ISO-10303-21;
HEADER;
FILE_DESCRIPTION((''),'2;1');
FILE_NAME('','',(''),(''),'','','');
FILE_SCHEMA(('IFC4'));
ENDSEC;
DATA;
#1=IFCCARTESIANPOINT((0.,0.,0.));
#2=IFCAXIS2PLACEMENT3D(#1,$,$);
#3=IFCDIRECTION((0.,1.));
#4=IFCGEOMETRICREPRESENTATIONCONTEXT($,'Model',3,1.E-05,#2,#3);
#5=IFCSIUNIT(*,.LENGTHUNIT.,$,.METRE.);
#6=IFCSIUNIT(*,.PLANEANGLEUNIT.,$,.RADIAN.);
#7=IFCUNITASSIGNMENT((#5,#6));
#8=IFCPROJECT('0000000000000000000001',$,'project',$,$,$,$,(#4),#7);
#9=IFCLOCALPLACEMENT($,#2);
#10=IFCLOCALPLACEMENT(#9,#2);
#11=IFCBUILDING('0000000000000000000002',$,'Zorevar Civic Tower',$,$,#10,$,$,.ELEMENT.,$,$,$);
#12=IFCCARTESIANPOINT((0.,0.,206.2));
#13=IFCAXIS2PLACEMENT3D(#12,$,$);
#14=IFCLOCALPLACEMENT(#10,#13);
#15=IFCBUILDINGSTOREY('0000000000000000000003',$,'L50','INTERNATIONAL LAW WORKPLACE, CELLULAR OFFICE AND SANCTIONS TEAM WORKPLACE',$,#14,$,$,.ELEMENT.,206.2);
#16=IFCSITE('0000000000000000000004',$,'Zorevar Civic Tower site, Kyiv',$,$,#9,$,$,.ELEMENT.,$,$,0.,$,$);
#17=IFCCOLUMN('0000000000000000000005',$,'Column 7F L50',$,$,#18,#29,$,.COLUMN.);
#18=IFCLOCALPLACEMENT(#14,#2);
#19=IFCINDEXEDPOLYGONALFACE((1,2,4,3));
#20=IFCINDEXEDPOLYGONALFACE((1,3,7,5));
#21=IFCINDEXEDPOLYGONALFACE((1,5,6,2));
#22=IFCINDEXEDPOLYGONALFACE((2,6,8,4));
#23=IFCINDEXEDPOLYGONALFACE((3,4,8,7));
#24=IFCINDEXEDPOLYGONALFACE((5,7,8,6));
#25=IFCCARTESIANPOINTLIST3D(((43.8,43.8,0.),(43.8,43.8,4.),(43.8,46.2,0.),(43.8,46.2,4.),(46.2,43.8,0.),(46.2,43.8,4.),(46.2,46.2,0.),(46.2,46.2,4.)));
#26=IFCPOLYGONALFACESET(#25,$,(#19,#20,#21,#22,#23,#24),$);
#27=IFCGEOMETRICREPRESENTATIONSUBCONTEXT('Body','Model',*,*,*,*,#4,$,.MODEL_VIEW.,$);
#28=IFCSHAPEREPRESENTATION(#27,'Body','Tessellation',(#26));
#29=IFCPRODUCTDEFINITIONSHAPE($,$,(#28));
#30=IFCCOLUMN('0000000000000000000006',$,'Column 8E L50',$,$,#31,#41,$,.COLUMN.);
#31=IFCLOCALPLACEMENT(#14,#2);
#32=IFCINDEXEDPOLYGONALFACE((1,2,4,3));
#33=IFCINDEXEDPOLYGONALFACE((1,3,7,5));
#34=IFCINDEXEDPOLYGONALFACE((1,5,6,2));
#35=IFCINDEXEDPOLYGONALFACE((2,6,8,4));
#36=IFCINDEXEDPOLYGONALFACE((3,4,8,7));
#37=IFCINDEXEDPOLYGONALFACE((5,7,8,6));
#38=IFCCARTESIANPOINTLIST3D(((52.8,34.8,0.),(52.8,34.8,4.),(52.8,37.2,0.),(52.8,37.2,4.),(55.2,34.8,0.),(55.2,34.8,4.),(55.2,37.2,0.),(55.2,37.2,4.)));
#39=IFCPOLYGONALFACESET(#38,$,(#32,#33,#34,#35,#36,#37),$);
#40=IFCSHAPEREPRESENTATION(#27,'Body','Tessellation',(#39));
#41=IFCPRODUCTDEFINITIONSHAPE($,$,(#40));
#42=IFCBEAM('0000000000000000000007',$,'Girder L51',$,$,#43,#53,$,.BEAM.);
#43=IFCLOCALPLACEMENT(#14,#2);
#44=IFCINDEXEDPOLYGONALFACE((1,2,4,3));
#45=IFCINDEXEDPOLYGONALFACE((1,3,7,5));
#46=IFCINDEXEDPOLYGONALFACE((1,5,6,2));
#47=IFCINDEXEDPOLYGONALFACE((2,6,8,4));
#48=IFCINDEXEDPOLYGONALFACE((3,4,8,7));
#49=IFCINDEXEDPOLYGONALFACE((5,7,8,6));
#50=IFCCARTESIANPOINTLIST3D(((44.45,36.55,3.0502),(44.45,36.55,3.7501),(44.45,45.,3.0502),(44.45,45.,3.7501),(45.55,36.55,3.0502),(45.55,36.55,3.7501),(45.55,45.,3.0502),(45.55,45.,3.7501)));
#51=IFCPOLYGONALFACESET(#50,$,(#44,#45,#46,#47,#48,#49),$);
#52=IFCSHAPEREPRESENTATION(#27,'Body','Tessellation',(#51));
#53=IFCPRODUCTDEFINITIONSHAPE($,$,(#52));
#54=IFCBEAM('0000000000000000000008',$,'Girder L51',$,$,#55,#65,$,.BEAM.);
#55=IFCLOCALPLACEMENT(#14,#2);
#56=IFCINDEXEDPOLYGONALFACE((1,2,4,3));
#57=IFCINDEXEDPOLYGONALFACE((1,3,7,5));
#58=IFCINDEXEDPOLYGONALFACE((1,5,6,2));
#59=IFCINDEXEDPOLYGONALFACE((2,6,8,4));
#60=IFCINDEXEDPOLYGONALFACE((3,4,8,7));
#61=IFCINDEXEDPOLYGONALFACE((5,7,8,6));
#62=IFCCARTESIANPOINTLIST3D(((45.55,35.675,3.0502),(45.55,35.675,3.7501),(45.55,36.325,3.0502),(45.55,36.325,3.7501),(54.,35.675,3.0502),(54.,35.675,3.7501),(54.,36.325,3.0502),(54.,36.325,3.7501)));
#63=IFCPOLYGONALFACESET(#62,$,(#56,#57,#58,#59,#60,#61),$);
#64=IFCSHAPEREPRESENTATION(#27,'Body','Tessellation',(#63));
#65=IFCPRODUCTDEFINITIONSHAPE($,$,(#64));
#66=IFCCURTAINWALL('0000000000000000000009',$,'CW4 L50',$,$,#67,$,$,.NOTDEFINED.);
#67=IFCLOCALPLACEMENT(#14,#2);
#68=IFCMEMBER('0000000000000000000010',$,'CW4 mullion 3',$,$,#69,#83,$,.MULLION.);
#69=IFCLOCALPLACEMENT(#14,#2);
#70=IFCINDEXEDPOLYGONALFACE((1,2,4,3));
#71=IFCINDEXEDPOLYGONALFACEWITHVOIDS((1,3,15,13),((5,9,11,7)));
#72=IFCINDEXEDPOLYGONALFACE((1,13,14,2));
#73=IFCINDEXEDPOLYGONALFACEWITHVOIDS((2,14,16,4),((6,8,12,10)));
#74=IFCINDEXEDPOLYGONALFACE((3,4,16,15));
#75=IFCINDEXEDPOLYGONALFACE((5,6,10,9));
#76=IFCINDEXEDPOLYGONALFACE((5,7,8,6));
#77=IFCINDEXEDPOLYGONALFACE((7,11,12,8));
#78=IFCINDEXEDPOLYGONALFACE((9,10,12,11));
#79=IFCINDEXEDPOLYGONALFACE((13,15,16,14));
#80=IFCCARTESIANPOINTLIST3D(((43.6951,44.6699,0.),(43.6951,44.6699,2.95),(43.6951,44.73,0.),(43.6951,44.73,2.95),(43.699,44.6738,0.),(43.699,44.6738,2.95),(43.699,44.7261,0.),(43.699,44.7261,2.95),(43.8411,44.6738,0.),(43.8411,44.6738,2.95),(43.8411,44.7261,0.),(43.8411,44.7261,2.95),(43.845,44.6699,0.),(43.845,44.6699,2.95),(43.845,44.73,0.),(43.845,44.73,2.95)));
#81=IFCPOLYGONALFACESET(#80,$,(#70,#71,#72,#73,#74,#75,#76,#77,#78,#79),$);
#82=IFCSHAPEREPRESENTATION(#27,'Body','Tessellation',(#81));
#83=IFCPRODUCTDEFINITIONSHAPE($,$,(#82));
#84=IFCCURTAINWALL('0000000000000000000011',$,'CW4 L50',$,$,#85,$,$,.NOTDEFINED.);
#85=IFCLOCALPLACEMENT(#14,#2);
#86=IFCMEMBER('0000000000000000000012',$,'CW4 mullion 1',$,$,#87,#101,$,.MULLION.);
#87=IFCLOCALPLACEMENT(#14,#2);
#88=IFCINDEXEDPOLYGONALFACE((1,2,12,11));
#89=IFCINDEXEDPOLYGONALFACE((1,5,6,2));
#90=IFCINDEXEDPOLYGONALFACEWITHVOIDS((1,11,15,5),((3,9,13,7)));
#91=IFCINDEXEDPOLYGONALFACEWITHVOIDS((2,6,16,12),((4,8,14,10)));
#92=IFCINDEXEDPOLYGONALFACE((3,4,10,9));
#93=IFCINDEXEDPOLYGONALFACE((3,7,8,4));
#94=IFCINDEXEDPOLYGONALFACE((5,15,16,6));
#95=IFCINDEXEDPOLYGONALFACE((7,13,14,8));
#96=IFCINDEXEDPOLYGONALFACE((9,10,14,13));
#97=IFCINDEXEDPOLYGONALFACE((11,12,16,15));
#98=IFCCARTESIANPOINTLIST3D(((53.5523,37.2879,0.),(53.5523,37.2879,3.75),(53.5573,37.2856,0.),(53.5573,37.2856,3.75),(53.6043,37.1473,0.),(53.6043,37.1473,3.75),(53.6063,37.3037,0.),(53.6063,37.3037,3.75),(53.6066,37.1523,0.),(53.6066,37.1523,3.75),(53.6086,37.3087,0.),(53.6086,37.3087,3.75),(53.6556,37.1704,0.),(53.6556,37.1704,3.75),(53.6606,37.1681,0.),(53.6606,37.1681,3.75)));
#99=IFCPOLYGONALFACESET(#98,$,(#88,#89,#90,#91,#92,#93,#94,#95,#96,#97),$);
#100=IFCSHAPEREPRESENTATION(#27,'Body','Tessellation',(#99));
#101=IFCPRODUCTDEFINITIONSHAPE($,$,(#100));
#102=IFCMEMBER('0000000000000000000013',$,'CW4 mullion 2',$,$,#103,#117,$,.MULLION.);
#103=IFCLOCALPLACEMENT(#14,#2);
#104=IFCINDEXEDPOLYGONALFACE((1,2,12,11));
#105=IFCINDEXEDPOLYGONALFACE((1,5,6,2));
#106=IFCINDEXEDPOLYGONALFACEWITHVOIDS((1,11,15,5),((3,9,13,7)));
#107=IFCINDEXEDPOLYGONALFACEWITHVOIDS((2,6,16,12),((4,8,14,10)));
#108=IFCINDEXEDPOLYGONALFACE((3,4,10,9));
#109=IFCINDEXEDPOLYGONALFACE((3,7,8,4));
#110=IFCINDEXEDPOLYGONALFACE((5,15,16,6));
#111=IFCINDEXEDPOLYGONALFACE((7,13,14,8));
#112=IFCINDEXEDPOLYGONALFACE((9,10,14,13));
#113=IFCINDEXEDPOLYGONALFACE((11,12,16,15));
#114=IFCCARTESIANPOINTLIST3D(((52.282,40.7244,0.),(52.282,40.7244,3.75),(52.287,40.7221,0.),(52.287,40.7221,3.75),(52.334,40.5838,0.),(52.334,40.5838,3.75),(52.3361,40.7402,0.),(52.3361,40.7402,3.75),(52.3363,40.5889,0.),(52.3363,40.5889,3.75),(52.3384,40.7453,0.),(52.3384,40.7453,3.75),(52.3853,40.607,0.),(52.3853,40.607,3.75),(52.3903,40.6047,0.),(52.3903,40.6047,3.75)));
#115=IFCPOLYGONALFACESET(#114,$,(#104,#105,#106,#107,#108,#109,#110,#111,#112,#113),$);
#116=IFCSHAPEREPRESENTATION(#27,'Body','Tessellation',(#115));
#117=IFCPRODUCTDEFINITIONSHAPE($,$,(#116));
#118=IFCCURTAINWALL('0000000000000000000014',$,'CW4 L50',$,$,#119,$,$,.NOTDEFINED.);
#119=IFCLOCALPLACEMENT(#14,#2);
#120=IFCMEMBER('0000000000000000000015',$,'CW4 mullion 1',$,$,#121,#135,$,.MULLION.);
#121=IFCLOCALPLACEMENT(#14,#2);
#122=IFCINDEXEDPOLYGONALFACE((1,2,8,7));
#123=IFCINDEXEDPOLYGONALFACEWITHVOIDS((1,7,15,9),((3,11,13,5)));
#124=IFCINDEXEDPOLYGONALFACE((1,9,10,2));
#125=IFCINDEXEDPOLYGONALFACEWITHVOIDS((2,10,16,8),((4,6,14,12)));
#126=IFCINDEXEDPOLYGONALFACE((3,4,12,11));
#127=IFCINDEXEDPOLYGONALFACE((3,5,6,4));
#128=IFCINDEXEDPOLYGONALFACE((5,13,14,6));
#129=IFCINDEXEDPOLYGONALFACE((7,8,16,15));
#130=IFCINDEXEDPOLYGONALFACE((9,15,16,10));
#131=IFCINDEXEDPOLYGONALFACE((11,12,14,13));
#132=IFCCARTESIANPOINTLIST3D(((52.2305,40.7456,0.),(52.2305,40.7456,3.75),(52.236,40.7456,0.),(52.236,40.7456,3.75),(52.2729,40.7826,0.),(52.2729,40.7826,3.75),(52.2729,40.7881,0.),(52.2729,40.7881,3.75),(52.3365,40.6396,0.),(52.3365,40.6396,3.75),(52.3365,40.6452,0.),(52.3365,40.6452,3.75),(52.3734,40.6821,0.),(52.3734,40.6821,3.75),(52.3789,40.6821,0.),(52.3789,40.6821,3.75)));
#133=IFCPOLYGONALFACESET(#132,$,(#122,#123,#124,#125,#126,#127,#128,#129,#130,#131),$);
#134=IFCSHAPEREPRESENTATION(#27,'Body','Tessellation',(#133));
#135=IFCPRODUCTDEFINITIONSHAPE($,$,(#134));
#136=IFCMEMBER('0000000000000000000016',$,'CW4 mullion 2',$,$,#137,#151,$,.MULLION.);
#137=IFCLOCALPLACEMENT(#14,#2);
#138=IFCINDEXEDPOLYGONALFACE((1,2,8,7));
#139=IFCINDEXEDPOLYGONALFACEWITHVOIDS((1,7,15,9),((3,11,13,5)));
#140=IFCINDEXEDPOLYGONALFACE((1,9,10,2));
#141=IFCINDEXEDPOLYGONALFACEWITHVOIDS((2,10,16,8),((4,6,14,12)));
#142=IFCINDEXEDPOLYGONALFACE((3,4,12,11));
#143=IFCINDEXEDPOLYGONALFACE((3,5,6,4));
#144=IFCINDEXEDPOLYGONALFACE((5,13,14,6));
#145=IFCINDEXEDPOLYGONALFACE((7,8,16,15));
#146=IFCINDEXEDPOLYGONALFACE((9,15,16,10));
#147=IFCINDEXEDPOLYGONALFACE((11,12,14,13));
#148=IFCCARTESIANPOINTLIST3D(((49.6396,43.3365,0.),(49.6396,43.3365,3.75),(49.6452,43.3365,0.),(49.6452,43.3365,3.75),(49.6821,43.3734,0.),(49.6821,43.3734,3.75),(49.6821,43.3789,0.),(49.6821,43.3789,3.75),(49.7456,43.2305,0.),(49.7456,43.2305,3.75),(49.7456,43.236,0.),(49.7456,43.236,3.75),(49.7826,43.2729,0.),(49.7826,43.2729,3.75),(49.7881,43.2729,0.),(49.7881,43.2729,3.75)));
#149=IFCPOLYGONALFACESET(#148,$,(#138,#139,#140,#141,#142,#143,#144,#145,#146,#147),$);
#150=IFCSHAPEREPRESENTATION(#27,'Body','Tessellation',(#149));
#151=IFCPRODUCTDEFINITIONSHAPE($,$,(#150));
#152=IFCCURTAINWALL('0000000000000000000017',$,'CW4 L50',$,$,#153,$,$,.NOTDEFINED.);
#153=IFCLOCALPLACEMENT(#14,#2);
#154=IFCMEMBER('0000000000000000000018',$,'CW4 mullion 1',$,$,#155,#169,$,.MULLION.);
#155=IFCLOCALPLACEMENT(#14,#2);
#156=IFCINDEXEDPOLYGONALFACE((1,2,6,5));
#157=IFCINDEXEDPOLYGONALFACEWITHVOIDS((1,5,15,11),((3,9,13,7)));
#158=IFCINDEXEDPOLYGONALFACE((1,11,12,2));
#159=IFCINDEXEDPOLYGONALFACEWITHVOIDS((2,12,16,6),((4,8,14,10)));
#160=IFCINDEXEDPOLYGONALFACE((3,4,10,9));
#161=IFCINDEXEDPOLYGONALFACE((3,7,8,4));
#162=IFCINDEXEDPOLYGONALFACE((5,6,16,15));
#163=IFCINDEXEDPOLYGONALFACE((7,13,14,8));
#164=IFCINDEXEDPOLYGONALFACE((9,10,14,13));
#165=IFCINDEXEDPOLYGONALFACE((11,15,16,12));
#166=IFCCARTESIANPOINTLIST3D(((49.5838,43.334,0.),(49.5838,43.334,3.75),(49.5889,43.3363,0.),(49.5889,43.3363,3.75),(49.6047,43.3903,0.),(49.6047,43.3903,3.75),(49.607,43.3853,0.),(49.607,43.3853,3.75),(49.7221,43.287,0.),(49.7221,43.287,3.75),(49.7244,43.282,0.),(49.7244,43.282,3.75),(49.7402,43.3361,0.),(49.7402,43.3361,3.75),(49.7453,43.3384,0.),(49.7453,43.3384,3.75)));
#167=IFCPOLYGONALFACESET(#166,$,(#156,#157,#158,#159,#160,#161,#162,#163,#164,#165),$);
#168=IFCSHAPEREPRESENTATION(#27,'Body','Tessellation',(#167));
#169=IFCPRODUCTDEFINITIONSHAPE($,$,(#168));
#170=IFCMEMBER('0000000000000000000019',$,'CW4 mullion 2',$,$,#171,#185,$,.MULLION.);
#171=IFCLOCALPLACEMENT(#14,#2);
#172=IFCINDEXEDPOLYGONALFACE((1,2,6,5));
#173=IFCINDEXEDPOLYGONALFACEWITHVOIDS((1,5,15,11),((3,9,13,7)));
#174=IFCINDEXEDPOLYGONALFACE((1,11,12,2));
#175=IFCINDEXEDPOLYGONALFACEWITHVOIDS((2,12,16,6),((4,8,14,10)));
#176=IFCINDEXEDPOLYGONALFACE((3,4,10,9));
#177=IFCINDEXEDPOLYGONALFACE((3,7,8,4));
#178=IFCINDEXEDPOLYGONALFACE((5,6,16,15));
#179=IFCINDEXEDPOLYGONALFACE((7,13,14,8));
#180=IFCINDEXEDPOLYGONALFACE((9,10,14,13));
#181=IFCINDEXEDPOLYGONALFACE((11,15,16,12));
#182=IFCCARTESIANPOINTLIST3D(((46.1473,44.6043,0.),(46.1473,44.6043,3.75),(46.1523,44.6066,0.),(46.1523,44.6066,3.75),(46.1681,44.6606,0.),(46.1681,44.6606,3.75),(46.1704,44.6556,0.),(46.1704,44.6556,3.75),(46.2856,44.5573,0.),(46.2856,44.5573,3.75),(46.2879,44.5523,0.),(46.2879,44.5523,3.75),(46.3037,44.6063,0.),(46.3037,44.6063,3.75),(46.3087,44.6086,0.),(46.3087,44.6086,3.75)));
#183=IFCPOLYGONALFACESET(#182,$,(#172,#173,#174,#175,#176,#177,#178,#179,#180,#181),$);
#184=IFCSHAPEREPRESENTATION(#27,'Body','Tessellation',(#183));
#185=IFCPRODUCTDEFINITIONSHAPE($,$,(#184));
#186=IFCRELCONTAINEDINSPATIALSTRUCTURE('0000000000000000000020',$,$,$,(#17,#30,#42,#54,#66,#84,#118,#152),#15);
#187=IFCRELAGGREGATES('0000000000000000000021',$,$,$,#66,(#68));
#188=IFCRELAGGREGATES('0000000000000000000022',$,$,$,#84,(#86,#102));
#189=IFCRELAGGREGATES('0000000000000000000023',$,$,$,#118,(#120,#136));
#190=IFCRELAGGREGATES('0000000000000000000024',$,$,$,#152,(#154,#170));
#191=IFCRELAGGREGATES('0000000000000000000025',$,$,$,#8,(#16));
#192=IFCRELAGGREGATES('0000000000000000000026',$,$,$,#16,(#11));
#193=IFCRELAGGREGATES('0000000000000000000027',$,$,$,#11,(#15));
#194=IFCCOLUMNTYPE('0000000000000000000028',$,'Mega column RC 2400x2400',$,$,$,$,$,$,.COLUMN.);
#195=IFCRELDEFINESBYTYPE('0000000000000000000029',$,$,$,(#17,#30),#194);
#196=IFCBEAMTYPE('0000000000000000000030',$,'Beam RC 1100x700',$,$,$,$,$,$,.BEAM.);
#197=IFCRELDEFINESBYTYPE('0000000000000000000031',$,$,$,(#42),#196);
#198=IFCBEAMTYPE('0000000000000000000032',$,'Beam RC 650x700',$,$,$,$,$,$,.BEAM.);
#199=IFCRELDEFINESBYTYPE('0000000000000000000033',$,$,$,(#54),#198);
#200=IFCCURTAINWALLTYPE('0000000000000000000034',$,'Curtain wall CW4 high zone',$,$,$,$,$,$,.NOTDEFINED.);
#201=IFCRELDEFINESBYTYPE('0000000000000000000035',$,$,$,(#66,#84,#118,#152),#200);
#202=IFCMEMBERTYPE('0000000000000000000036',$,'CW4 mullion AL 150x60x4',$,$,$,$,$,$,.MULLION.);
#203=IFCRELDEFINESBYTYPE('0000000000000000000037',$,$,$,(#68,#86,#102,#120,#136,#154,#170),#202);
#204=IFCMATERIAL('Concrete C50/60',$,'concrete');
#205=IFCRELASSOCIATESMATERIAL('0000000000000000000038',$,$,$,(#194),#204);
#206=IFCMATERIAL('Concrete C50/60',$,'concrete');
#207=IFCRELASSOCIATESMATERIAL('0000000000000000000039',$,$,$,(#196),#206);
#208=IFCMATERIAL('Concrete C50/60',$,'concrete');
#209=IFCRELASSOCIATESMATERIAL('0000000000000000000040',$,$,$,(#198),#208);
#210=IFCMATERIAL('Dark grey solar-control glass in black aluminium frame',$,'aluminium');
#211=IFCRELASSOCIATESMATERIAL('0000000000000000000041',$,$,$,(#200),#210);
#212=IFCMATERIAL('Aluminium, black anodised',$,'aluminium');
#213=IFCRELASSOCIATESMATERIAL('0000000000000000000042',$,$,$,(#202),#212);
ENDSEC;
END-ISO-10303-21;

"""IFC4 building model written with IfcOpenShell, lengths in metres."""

from ifc_helpers import new_model, si_unit, direction, frame, origin, origin_2d, place, context, subcontext, project, spatial, rectangle, hollow_rectangle, extrude, material, material_profile, profile_set, type_object, element, aggregate, save


model = new_model("IFC4")

# Units and contexts
model_context = context("Model", 3, precision=1e-05, world=origin(), true_north=direction((0.0, 1.0)))
body_context = subcontext(model_context, "Body", "Model", "MODEL_VIEW")
ifc_project = project(units=[si_unit("LENGTHUNIT", "METRE"), si_unit("PLANEANGLEUNIT", "RADIAN")], contexts=[model_context])

# Site, building, storey
site_placement = place(None, origin())
site = spatial("IfcSite", under=ifc_project, at=site_placement, Name="Zorevar Civic Tower site, Kyiv", CompositionType="ELEMENT", RefElevation=0.0)
building_placement = place(site_placement, origin())
building = spatial("IfcBuilding", under=site, at=building_placement, Name="Zorevar Civic Tower", CompositionType="ELEMENT")
storey_placement = place(building_placement, frame((0.0, 0.0, 206.2)))
storey = spatial("IfcBuildingStorey", under=building, at=storey_placement, Name="L50", Description="INTERNATIONAL LAW WORKPLACE, CELLULAR OFFICE AND SANCTIONS TEAM WORKPLACE", CompositionType="ELEMENT", Elevation=206.2)

# Columns
ifc_material_1 = material(Name="Concrete C50/60", Category="concrete")
ifc_material_profile_1 = material_profile(ifc_material_1, rectangle(XDim=2.3999, YDim=2.3999, at=origin_2d()), Name="RC 2400x2400")
ifc_profile_set_1 = profile_set([ifc_material_profile_1], Name="Concrete C50/60")
column_type = type_object("IfcColumnType", Name="Mega column RC 2400x2400", PredefinedType="COLUMN", material=ifc_profile_set_1)
for number, where, z_axis, x_axis, name in (
    (1, (45.0, 45.0, 0.0), (0.0, 0.0, 1.0), (1.0, 0.0, 0.0), "Column 7F L50"),
    (2, (54.0, 36.0, 0.0), (0.0, 0.0, 1.0), (1.0, 0.0, 0.0), "Column 8E L50"),
):
    element("IfcColumn", number, at=place(storey_placement, frame(where, z_axis=z_axis, x_axis=x_axis)), inside=storey, type_object=column_type, Name=name, PredefinedType="COLUMN", context=body_context, shape_type="SweptSolid", body=[
        extrude(rectangle(XDim=2.3999, YDim=2.3999, at=origin_2d()), origin(), (0.0, 0.0, 1.0), 4.0),
    ])

# Beams
ifc_material_2 = material(Name="Concrete C50/60", Category="concrete")
ifc_material_profile_2 = material_profile(ifc_material_2, rectangle(XDim=1.1001, YDim=0.7, at=origin_2d()), Name="RC 1100x700")
ifc_profile_set_2 = profile_set([ifc_material_profile_2], Name="Concrete C50/60")
beam_type_1 = type_object("IfcBeamType", Name="Beam RC 1100x700", PredefinedType="BEAM", material=ifc_profile_set_2)
beam_1_placement = place(storey_placement, frame((45.0, 36.55, 3.4001), z_axis=(0.0, 1.0, 0.0), x_axis=(-1.0, 0.0, 0.0)))
element("IfcBeam", 3, at=beam_1_placement, inside=storey, type_object=beam_type_1, Name="Girder L51", PredefinedType="BEAM", context=body_context, shape_type="SweptSolid", body=[
    extrude(rectangle(XDim=1.1001, YDim=0.7, at=origin_2d()), origin(), (0.0, 0.0, 1.0), 8.45),
])
ifc_material_3 = material(Name="Concrete C50/60", Category="concrete")
ifc_material_profile_3 = material_profile(ifc_material_3, rectangle(XDim=0.6499, YDim=0.7, at=origin_2d()), Name="RC 650x700")
ifc_profile_set_3 = profile_set([ifc_material_profile_3], Name="Concrete C50/60")
beam_type_2 = type_object("IfcBeamType", Name="Beam RC 650x700", PredefinedType="BEAM", material=ifc_profile_set_3)
beam_2_placement = place(storey_placement, frame((45.55, 36.0, 3.4001), z_axis=(1.0, 0.0, 0.0), x_axis=(0.0, 1.0, 0.0)))
element("IfcBeam", 4, at=beam_2_placement, inside=storey, type_object=beam_type_2, Name="Girder L51", PredefinedType="BEAM", context=body_context, shape_type="SweptSolid", body=[
    extrude(rectangle(XDim=0.6499, YDim=0.7, at=origin_2d()), origin(), (0.0, 0.0, 1.0), 8.45),
])

# Curtain wall, member
ifc_material_4 = material(Name="Dark grey solar-control glass in black aluminium frame", Category="aluminium")
curtain_wall_type = type_object("IfcCurtainWallType", Name="Curtain wall CW4 high zone", PredefinedType="NOTDEFINED", material=ifc_material_4)
curtain_wall_1_placement = place(storey_placement, origin())
curtain_wall_1 = element("IfcCurtainWall", 5, at=curtain_wall_1_placement, inside=storey, type_object=curtain_wall_type, Name="CW4 L50", PredefinedType="NOTDEFINED")
ifc_material_5 = material(Name="Aluminium, black anodised", Category="aluminium")
ifc_material_profile_4 = material_profile(ifc_material_5, hollow_rectangle(XDim=0.0601, YDim=0.1499, WallThickness=0.0039, at=origin_2d()), Name="AL 150x60x4")
ifc_profile_set_4 = profile_set([ifc_material_profile_4], Name="Aluminium, black anodised")
member_type_1 = type_object("IfcMemberType", Name="CW4 mullion AL 150x60x4", PredefinedType="MULLION", material=ifc_profile_set_4)
member_1_placement = place(storey_placement, frame((43.77, 44.7, 0.0), z_axis=(0.0, 0.0, 1.0), x_axis=(0.0, 1.0, 0.0)))
member_1 = element("IfcMember", 6, at=member_1_placement, type_object=member_type_1, Name="CW4 mullion 3", PredefinedType="MULLION", context=body_context, shape_type="SweptSolid", body=[
    extrude(hollow_rectangle(XDim=0.0601, YDim=0.1499, WallThickness=0.0039, at=origin_2d()), origin(), (0.0, 0.0, 1.0), 2.95),
])

# Curtain walls, members
curtain_wall_2_placement = place(storey_placement, origin())
curtain_wall_2 = element("IfcCurtainWall", 7, at=curtain_wall_2_placement, inside=storey, type_object=curtain_wall_type, Name="CW4 L50", PredefinedType="NOTDEFINED")
member_2_placement = place(storey_placement, frame((53.6064, 37.228, 0.0), z_axis=(0.0, 0.0, 1.0), x_axis=(-0.937975, -0.346704, 0.0)))
member_2 = element("IfcMember", 8, at=member_2_placement, type_object=member_type_1, Name="CW4 mullion 1", PredefinedType="MULLION", context=body_context, shape_type="SweptSolid", body=[
    extrude(hollow_rectangle(XDim=0.0601, YDim=0.1499, WallThickness=0.0039, at=origin_2d()), origin(), (0.0, 0.0, 1.0), 3.75),
])
member_3_placement = place(storey_placement, frame((52.3362, 40.6646, 0.0), z_axis=(0.0, 0.0, 1.0), x_axis=(-0.937975, -0.346704, 0.0)))
member_3 = element("IfcMember", 9, at=member_3_placement, type_object=member_type_1, Name="CW4 mullion 2", PredefinedType="MULLION", context=body_context, shape_type="SweptSolid", body=[
    extrude(hollow_rectangle(XDim=0.0601, YDim=0.1499, WallThickness=0.0039, at=origin_2d()), origin(), (0.0, 0.0, 1.0), 3.75),
])
curtain_wall_3_placement = place(storey_placement, origin())
curtain_wall_3 = element("IfcCurtainWall", 10, at=curtain_wall_3_placement, inside=storey, type_object=curtain_wall_type, Name="CW4 L50", PredefinedType="NOTDEFINED")
member_4_placement = place(storey_placement, frame((52.3047, 40.7139, 0.0), z_axis=(0.0, 0.0, 1.0), x_axis=(-0.707107, -0.707107, 0.0)))
member_4 = element("IfcMember", 11, at=member_4_placement, type_object=member_type_1, Name="CW4 mullion 1", PredefinedType="MULLION", context=body_context, shape_type="SweptSolid", body=[
    extrude(hollow_rectangle(XDim=0.0601, YDim=0.1499, WallThickness=0.0039, at=origin_2d()), origin(), (0.0, 0.0, 1.0), 3.75),
])
member_5_placement = place(storey_placement, frame((49.7139, 43.3047, 0.0), z_axis=(0.0, 0.0, 1.0), x_axis=(-0.707107, -0.707107, 0.0)))
member_5 = element("IfcMember", 12, at=member_5_placement, type_object=member_type_1, Name="CW4 mullion 2", PredefinedType="MULLION", context=body_context, shape_type="SweptSolid", body=[
    extrude(hollow_rectangle(XDim=0.0601, YDim=0.1499, WallThickness=0.0039, at=origin_2d()), origin(), (0.0, 0.0, 1.0), 3.75),
])
curtain_wall_4_placement = place(storey_placement, origin())
curtain_wall_4 = element("IfcCurtainWall", 13, at=curtain_wall_4_placement, inside=storey, type_object=curtain_wall_type, Name="CW4 L50", PredefinedType="NOTDEFINED")
member_6_placement = place(storey_placement, frame((49.6646, 43.3362, 0.0), z_axis=(0.0, 0.0, 1.0), x_axis=(-0.346704, -0.937975, 0.0)))
member_6 = element("IfcMember", 14, at=member_6_placement, type_object=member_type_1, Name="CW4 mullion 1", PredefinedType="MULLION", context=body_context, shape_type="SweptSolid", body=[
    extrude(hollow_rectangle(XDim=0.0601, YDim=0.1499, WallThickness=0.0039, at=origin_2d()), origin(), (0.0, 0.0, 1.0), 3.75),
])
member_7_placement = place(storey_placement, frame((46.228, 44.6064, 0.0), z_axis=(0.0, 0.0, 1.0), x_axis=(-0.346704, -0.937975, 0.0)))
member_7 = element("IfcMember", 15, at=member_7_placement, type_object=member_type_1, Name="CW4 mullion 2", PredefinedType="MULLION", context=body_context, shape_type="SweptSolid", body=[
    extrude(hollow_rectangle(XDim=0.0601, YDim=0.1499, WallThickness=0.0039, at=origin_2d()), origin(), (0.0, 0.0, 1.0), 3.75),
])

aggregate(curtain_wall_1, [member_1])
aggregate(curtain_wall_2, [member_2, member_3])
aggregate(curtain_wall_3, [member_4, member_5])
aggregate(curtain_wall_4, [member_6, member_7])

save(model, "model.ifc")
